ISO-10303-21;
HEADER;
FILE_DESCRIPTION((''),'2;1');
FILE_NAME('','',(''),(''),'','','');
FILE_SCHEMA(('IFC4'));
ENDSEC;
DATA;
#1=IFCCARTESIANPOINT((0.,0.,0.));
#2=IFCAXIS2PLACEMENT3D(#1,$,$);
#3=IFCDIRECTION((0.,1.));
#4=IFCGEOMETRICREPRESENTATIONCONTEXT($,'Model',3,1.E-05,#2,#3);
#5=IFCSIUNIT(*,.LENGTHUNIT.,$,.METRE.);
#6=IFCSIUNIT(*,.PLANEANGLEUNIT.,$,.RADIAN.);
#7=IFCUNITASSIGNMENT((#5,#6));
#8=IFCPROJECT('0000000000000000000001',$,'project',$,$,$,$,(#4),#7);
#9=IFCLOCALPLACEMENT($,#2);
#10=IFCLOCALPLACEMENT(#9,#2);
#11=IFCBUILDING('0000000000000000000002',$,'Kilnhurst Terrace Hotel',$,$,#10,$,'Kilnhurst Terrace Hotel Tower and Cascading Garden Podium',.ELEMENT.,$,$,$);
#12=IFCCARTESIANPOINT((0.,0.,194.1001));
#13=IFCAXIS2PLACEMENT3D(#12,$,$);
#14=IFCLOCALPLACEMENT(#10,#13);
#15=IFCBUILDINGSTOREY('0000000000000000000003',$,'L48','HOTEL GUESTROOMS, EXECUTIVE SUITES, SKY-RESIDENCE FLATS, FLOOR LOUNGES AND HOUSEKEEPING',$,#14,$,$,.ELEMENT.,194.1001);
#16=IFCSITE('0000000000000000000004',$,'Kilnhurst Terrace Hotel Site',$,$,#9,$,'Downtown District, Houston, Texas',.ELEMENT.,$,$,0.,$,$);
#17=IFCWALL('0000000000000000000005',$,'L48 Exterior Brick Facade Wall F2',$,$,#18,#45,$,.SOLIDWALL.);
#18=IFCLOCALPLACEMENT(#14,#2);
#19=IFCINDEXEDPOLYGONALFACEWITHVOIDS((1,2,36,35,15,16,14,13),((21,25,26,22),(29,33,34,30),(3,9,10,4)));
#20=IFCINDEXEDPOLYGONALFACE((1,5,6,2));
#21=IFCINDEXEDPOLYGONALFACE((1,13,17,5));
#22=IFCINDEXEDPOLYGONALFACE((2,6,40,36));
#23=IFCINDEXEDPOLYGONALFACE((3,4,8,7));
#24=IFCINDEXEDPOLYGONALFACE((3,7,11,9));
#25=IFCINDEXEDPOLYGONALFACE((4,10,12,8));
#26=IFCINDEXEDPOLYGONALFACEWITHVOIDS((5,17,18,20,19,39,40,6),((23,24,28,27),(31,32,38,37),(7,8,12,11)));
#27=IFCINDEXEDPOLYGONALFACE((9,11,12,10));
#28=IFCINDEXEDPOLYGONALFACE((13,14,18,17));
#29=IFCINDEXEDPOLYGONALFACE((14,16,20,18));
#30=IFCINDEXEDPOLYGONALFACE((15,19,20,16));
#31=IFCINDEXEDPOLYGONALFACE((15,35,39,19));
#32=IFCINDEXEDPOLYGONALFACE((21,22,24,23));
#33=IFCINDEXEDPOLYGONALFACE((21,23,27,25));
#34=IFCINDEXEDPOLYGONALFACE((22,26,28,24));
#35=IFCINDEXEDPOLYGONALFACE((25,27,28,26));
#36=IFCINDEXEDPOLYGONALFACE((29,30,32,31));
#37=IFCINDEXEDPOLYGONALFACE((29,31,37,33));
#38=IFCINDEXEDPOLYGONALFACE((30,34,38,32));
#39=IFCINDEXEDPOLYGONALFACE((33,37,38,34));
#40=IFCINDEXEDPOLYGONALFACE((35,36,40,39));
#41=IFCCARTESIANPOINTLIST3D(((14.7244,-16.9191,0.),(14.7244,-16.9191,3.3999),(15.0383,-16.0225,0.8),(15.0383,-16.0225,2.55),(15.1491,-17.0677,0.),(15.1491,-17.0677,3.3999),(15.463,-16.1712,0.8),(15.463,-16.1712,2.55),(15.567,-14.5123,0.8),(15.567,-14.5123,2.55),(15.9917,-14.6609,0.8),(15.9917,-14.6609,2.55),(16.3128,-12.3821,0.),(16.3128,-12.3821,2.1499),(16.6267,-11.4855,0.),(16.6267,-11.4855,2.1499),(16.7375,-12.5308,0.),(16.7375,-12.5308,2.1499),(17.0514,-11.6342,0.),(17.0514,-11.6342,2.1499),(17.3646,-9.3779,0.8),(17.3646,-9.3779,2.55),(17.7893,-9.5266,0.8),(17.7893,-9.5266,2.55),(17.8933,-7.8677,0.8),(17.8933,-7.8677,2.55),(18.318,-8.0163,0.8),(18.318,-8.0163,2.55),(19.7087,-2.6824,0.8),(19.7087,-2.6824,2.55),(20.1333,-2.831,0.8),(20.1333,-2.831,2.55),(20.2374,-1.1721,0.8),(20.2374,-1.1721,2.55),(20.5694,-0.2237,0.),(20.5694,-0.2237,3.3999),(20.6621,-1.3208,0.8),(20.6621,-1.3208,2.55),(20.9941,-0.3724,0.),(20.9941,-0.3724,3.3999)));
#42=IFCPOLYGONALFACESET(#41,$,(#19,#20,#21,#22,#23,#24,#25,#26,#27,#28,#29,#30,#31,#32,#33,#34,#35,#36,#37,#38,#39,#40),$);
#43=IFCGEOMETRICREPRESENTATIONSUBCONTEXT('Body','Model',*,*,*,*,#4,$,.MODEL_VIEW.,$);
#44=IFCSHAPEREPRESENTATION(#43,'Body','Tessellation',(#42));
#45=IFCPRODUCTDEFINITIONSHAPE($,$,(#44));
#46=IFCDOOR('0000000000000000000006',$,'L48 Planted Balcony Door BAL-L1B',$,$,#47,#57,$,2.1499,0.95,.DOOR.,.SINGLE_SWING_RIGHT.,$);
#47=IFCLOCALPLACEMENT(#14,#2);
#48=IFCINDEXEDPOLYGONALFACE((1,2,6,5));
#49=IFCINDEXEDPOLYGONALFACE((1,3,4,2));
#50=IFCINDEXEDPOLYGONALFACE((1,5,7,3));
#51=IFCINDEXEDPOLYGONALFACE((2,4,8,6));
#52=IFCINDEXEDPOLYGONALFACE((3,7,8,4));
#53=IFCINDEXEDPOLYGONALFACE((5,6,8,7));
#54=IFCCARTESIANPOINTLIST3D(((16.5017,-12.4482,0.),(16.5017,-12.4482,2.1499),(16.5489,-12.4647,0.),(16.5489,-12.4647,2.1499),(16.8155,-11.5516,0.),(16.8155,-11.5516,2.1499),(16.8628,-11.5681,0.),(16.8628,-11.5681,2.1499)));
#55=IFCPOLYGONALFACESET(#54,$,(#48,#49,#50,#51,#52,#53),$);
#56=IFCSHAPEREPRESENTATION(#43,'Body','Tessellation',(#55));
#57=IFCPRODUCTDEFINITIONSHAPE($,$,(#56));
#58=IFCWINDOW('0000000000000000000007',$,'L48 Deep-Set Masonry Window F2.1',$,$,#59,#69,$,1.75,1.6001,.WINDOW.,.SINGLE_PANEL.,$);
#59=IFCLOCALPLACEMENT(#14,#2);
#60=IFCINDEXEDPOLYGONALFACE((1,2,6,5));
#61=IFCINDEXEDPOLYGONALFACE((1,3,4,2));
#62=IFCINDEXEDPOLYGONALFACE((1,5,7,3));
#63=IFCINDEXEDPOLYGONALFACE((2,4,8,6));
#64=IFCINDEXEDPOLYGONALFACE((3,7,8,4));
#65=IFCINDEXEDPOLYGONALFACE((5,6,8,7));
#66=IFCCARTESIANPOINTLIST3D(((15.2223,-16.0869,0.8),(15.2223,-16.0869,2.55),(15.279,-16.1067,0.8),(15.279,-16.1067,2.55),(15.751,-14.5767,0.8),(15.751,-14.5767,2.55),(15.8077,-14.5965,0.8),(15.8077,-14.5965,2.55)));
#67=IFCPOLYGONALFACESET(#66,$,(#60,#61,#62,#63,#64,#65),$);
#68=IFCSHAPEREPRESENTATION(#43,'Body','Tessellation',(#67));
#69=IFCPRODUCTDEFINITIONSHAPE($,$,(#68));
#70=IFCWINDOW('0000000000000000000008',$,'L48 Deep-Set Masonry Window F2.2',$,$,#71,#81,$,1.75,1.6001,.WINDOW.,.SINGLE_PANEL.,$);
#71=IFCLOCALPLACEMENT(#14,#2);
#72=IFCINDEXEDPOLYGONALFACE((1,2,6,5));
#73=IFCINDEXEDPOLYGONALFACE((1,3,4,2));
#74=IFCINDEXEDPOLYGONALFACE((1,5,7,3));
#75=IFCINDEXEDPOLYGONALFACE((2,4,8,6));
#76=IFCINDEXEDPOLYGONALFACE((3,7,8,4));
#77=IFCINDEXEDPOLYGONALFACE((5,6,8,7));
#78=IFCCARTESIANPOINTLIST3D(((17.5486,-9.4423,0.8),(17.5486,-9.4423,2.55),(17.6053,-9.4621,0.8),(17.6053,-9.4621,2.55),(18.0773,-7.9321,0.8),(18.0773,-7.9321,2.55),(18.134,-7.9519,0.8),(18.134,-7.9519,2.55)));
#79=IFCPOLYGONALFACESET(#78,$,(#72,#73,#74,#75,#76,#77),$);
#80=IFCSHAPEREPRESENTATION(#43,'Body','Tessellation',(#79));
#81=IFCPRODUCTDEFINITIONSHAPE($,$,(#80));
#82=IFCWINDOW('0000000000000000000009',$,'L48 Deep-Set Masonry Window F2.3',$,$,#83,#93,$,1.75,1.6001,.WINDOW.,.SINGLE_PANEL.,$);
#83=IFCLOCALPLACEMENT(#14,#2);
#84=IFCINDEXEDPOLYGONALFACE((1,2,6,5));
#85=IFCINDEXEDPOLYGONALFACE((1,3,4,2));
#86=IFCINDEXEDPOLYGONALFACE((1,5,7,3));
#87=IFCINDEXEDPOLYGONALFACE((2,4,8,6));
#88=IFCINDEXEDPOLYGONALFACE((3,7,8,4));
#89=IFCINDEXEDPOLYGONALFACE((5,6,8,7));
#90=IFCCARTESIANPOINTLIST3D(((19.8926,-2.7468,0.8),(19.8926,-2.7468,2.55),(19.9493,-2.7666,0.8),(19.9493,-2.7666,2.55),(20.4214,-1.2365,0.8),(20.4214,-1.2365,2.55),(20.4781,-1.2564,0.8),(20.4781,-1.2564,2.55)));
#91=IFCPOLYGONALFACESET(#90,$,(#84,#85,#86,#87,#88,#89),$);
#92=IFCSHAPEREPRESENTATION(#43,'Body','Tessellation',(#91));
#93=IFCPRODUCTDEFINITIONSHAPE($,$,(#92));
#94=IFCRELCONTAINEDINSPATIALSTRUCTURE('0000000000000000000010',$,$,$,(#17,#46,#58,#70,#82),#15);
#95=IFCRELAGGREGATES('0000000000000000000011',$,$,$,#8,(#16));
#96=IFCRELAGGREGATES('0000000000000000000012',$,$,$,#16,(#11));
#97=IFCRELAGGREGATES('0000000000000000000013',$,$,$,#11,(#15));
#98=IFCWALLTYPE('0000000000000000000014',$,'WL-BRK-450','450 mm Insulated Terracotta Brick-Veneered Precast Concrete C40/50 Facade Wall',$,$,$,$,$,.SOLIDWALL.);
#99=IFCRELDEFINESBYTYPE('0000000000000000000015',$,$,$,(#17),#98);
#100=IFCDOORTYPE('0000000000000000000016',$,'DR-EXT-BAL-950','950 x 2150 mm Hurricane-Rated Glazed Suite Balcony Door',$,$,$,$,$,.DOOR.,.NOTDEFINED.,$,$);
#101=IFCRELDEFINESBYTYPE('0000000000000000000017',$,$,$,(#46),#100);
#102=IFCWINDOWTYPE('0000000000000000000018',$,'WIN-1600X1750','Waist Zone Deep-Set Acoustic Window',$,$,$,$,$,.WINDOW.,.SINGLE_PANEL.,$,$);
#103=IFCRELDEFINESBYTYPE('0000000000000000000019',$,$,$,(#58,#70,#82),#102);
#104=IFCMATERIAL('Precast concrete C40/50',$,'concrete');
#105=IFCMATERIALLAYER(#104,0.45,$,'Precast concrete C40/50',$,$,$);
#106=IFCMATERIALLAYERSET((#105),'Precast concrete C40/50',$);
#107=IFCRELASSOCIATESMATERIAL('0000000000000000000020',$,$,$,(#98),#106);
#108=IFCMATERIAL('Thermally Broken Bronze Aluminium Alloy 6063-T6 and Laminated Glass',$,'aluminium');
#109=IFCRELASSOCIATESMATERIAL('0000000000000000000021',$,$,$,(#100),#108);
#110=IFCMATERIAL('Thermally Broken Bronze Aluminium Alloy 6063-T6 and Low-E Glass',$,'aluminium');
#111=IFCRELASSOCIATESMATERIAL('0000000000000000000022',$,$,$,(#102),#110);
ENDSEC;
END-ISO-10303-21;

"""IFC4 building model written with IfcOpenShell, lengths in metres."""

from ifc_helpers import new_model, si_unit, direction, frame, frame_2d, origin, place, context, subcontext, project, spatial, rectangle, extrude, material, layer, layer_set, type_object, element, fill, save


model = new_model("IFC4")

# Units and contexts
model_context = context("Model", 3, precision=1e-05, world=origin(), true_north=direction((0.0, 1.0)))
body_context = subcontext(model_context, "Body", "Model", "MODEL_VIEW")
ifc_project = project(units=[si_unit("LENGTHUNIT", "METRE"), si_unit("PLANEANGLEUNIT", "RADIAN")], contexts=[model_context])

# Site, building, storey
site_placement = place(None, origin())
site = spatial("IfcSite", under=ifc_project, at=site_placement, Name="Kilnhurst Terrace Hotel Site", LongName="Downtown District, Houston, Texas", CompositionType="ELEMENT", RefElevation=0.0)
building_placement = place(site_placement, origin())
building = spatial("IfcBuilding", under=site, at=building_placement, Name="Kilnhurst Terrace Hotel", LongName="Kilnhurst Terrace Hotel Tower and Cascading Garden Podium", CompositionType="ELEMENT")
storey_placement = place(building_placement, frame((0.0, 0.0, 194.1001)))
storey = spatial("IfcBuildingStorey", under=building, at=storey_placement, Name="L48", Description="HOTEL GUESTROOMS, EXECUTIVE SUITES, SKY-RESIDENCE FLATS, FLOOR LOUNGES AND HOUSEKEEPING", CompositionType="ELEMENT", Elevation=194.1001)

# Shared definitions
ifc_material_1 = material(Name="Precast concrete C40/50", Category="concrete")
ifc_layer_1 = layer(ifc_material_1, 0.45, Name="Precast concrete C40/50")
ifc_layer_set_1 = layer_set([ifc_layer_1], Name="Precast concrete C40/50")
wall_type_1 = type_object("IfcWallType", Name="WL-BRK-450", Description="450 mm Insulated Terracotta Brick-Veneered Precast Concrete C40/50 Facade Wall", PredefinedType="SOLIDWALL", material=ifc_layer_set_1)

# Wall, openings, door, windows
wall_1_placement = place(storey_placement, frame((14.9368, -16.9934, 0.0), z_axis=(0.0, 0.0, 1.0), x_axis=(0.330432, 0.94383, 0.0)))
wall_1 = element("IfcWall", 1, at=wall_1_placement, inside=storey, type_object=wall_type_1, Name="L48 Exterior Brick Facade Wall F2", PredefinedType="SOLIDWALL", context=body_context, shape_type="SweptSolid", body=[
    extrude(rectangle(XDim=17.689, YDim=0.45, at=frame_2d((8.8445, 0.0))), origin(), (0.0, 0.0, 1.0), 3.3999),
])
opening_1_placement = place(wall_1_placement, frame((4.8069, 0.0, 0.0)))
opening_1 = element("IfcOpeningElement", 2, at=opening_1_placement, cuts=wall_1, PredefinedType="OPENING", context=body_context, shape_type="SweptSolid", body=[
    extrude(rectangle(XDim=0.95, YDim=2.1499, at=frame_2d((0.4751, 1.075))), frame((0.0, 0.2349, 0.0), z_axis=(0.0, -1.0, 0.0), x_axis=(1.0, 0.0, 0.0)), (0.0, 0.0, 1.0), 0.47),
])
opening_2_placement = place(wall_1_placement, frame((0.95, 0.0, 0.8)))
opening_2 = element("IfcOpeningElement", 3, at=opening_2_placement, cuts=wall_1, PredefinedType="OPENING", context=body_context, shape_type="SweptSolid", body=[
    extrude(rectangle(XDim=1.6001, YDim=1.75, at=frame_2d((0.8, 0.875))), frame((0.0, 0.2349, 0.0), z_axis=(0.0, -1.0, 0.0), x_axis=(1.0, 0.0, 0.0)), (0.0, 0.0, 1.0), 0.47),
])
opening_3_placement = place(wall_1_placement, frame((7.99, 0.0, 0.8)))
opening_3 = element("IfcOpeningElement", 4, at=opening_3_placement, cuts=wall_1, PredefinedType="OPENING", context=body_context, shape_type="SweptSolid", body=[
    extrude(rectangle(XDim=1.6001, YDim=1.75, at=frame_2d((0.8, 0.875))), frame((0.0, 0.2349, 0.0), z_axis=(0.0, -1.0, 0.0), x_axis=(1.0, 0.0, 0.0)), (0.0, 0.0, 1.0), 0.47),
])
opening_4_placement = place(wall_1_placement, frame((15.084, 0.0, 0.8)))
opening_4 = element("IfcOpeningElement", 5, at=opening_4_placement, cuts=wall_1, PredefinedType="OPENING", context=body_context, shape_type="SweptSolid", body=[
    extrude(rectangle(XDim=1.6001, YDim=1.75, at=frame_2d((0.8, 0.875))), frame((0.0, 0.2349, 0.0), z_axis=(0.0, -1.0, 0.0), x_axis=(1.0, 0.0, 0.0)), (0.0, 0.0, 1.0), 0.47),
])
ifc_material_2 = material(Name="Thermally Broken Bronze Aluminium Alloy 6063-T6 and Laminated Glass", Category="aluminium")
door_type_1 = type_object("IfcDoorType", Name="DR-EXT-BAL-950", Description="950 x 2150 mm Hurricane-Rated Glazed Suite Balcony Door", OperationType="NOTDEFINED", PredefinedType="DOOR", material=ifc_material_2)
door_1_placement = place(opening_1_placement, origin())
door_1 = element("IfcDoor", 6, at=door_1_placement, inside=storey, type_object=door_type_1, Name="L48 Planted Balcony Door BAL-L1B", OperationType="SINGLE_SWING_RIGHT", OverallHeight=2.1499, OverallWidth=0.95, PredefinedType="DOOR", context=body_context, shape_type="SweptSolid", body=[
    extrude(rectangle(XDim=0.95, YDim=2.1499, at=frame_2d((0.4751, 1.075))), frame((0.0, 0.0249, 0.0), z_axis=(0.0, -1.0, 0.0), x_axis=(1.0, 0.0, 0.0)), (0.0, 0.0, 1.0), 0.05),
])
fill(opening_1, door_1)
ifc_material_3 = material(Name="Thermally Broken Bronze Aluminium Alloy 6063-T6 and Low-E Glass", Category="aluminium")
window_type = type_object("IfcWindowType", Name="WIN-1600X1750", Description="Waist Zone Deep-Set Acoustic Window", PartitioningType="SINGLE_PANEL", PredefinedType="WINDOW", material=ifc_material_3)
window_1_placement = place(opening_2_placement, origin())
window_1 = element("IfcWindow", 7, at=window_1_placement, inside=storey, type_object=window_type, Name="L48 Deep-Set Masonry Window F2.1", OverallHeight=1.75, OverallWidth=1.6001, PartitioningType="SINGLE_PANEL", PredefinedType="WINDOW", context=body_context, shape_type="SweptSolid", body=[
    extrude(rectangle(XDim=1.6001, YDim=1.75, at=frame_2d((0.8, 0.875))), frame((0.0, 0.03, 0.0), z_axis=(0.0, -1.0, 0.0), x_axis=(1.0, 0.0, 0.0)), (0.0, 0.0, 1.0), 0.0601),
])
fill(opening_2, window_1)
window_2_placement = place(opening_3_placement, origin())
window_2 = element("IfcWindow", 8, at=window_2_placement, inside=storey, type_object=window_type, Name="L48 Deep-Set Masonry Window F2.2", OverallHeight=1.75, OverallWidth=1.6001, PartitioningType="SINGLE_PANEL", PredefinedType="WINDOW", context=body_context, shape_type="SweptSolid", body=[
    extrude(rectangle(XDim=1.6001, YDim=1.75, at=frame_2d((0.8, 0.875))), frame((0.0, 0.03, 0.0), z_axis=(0.0, -1.0, 0.0), x_axis=(1.0, 0.0, 0.0)), (0.0, 0.0, 1.0), 0.0601),
])
fill(opening_3, window_2)
window_3_placement = place(opening_4_placement, origin())
window_3 = element("IfcWindow", 9, at=window_3_placement, inside=storey, type_object=window_type, Name="L48 Deep-Set Masonry Window F2.3", OverallHeight=1.75, OverallWidth=1.6001, PartitioningType="SINGLE_PANEL", PredefinedType="WINDOW", context=body_context, shape_type="SweptSolid", body=[
    extrude(rectangle(XDim=1.6001, YDim=1.75, at=frame_2d((0.8, 0.875))), frame((0.0, 0.03, 0.0), z_axis=(0.0, -1.0, 0.0), x_axis=(1.0, 0.0, 0.0)), (0.0, 0.0, 1.0), 0.0601),
])
fill(opening_4, window_3)

save(model, "model.ifc")
